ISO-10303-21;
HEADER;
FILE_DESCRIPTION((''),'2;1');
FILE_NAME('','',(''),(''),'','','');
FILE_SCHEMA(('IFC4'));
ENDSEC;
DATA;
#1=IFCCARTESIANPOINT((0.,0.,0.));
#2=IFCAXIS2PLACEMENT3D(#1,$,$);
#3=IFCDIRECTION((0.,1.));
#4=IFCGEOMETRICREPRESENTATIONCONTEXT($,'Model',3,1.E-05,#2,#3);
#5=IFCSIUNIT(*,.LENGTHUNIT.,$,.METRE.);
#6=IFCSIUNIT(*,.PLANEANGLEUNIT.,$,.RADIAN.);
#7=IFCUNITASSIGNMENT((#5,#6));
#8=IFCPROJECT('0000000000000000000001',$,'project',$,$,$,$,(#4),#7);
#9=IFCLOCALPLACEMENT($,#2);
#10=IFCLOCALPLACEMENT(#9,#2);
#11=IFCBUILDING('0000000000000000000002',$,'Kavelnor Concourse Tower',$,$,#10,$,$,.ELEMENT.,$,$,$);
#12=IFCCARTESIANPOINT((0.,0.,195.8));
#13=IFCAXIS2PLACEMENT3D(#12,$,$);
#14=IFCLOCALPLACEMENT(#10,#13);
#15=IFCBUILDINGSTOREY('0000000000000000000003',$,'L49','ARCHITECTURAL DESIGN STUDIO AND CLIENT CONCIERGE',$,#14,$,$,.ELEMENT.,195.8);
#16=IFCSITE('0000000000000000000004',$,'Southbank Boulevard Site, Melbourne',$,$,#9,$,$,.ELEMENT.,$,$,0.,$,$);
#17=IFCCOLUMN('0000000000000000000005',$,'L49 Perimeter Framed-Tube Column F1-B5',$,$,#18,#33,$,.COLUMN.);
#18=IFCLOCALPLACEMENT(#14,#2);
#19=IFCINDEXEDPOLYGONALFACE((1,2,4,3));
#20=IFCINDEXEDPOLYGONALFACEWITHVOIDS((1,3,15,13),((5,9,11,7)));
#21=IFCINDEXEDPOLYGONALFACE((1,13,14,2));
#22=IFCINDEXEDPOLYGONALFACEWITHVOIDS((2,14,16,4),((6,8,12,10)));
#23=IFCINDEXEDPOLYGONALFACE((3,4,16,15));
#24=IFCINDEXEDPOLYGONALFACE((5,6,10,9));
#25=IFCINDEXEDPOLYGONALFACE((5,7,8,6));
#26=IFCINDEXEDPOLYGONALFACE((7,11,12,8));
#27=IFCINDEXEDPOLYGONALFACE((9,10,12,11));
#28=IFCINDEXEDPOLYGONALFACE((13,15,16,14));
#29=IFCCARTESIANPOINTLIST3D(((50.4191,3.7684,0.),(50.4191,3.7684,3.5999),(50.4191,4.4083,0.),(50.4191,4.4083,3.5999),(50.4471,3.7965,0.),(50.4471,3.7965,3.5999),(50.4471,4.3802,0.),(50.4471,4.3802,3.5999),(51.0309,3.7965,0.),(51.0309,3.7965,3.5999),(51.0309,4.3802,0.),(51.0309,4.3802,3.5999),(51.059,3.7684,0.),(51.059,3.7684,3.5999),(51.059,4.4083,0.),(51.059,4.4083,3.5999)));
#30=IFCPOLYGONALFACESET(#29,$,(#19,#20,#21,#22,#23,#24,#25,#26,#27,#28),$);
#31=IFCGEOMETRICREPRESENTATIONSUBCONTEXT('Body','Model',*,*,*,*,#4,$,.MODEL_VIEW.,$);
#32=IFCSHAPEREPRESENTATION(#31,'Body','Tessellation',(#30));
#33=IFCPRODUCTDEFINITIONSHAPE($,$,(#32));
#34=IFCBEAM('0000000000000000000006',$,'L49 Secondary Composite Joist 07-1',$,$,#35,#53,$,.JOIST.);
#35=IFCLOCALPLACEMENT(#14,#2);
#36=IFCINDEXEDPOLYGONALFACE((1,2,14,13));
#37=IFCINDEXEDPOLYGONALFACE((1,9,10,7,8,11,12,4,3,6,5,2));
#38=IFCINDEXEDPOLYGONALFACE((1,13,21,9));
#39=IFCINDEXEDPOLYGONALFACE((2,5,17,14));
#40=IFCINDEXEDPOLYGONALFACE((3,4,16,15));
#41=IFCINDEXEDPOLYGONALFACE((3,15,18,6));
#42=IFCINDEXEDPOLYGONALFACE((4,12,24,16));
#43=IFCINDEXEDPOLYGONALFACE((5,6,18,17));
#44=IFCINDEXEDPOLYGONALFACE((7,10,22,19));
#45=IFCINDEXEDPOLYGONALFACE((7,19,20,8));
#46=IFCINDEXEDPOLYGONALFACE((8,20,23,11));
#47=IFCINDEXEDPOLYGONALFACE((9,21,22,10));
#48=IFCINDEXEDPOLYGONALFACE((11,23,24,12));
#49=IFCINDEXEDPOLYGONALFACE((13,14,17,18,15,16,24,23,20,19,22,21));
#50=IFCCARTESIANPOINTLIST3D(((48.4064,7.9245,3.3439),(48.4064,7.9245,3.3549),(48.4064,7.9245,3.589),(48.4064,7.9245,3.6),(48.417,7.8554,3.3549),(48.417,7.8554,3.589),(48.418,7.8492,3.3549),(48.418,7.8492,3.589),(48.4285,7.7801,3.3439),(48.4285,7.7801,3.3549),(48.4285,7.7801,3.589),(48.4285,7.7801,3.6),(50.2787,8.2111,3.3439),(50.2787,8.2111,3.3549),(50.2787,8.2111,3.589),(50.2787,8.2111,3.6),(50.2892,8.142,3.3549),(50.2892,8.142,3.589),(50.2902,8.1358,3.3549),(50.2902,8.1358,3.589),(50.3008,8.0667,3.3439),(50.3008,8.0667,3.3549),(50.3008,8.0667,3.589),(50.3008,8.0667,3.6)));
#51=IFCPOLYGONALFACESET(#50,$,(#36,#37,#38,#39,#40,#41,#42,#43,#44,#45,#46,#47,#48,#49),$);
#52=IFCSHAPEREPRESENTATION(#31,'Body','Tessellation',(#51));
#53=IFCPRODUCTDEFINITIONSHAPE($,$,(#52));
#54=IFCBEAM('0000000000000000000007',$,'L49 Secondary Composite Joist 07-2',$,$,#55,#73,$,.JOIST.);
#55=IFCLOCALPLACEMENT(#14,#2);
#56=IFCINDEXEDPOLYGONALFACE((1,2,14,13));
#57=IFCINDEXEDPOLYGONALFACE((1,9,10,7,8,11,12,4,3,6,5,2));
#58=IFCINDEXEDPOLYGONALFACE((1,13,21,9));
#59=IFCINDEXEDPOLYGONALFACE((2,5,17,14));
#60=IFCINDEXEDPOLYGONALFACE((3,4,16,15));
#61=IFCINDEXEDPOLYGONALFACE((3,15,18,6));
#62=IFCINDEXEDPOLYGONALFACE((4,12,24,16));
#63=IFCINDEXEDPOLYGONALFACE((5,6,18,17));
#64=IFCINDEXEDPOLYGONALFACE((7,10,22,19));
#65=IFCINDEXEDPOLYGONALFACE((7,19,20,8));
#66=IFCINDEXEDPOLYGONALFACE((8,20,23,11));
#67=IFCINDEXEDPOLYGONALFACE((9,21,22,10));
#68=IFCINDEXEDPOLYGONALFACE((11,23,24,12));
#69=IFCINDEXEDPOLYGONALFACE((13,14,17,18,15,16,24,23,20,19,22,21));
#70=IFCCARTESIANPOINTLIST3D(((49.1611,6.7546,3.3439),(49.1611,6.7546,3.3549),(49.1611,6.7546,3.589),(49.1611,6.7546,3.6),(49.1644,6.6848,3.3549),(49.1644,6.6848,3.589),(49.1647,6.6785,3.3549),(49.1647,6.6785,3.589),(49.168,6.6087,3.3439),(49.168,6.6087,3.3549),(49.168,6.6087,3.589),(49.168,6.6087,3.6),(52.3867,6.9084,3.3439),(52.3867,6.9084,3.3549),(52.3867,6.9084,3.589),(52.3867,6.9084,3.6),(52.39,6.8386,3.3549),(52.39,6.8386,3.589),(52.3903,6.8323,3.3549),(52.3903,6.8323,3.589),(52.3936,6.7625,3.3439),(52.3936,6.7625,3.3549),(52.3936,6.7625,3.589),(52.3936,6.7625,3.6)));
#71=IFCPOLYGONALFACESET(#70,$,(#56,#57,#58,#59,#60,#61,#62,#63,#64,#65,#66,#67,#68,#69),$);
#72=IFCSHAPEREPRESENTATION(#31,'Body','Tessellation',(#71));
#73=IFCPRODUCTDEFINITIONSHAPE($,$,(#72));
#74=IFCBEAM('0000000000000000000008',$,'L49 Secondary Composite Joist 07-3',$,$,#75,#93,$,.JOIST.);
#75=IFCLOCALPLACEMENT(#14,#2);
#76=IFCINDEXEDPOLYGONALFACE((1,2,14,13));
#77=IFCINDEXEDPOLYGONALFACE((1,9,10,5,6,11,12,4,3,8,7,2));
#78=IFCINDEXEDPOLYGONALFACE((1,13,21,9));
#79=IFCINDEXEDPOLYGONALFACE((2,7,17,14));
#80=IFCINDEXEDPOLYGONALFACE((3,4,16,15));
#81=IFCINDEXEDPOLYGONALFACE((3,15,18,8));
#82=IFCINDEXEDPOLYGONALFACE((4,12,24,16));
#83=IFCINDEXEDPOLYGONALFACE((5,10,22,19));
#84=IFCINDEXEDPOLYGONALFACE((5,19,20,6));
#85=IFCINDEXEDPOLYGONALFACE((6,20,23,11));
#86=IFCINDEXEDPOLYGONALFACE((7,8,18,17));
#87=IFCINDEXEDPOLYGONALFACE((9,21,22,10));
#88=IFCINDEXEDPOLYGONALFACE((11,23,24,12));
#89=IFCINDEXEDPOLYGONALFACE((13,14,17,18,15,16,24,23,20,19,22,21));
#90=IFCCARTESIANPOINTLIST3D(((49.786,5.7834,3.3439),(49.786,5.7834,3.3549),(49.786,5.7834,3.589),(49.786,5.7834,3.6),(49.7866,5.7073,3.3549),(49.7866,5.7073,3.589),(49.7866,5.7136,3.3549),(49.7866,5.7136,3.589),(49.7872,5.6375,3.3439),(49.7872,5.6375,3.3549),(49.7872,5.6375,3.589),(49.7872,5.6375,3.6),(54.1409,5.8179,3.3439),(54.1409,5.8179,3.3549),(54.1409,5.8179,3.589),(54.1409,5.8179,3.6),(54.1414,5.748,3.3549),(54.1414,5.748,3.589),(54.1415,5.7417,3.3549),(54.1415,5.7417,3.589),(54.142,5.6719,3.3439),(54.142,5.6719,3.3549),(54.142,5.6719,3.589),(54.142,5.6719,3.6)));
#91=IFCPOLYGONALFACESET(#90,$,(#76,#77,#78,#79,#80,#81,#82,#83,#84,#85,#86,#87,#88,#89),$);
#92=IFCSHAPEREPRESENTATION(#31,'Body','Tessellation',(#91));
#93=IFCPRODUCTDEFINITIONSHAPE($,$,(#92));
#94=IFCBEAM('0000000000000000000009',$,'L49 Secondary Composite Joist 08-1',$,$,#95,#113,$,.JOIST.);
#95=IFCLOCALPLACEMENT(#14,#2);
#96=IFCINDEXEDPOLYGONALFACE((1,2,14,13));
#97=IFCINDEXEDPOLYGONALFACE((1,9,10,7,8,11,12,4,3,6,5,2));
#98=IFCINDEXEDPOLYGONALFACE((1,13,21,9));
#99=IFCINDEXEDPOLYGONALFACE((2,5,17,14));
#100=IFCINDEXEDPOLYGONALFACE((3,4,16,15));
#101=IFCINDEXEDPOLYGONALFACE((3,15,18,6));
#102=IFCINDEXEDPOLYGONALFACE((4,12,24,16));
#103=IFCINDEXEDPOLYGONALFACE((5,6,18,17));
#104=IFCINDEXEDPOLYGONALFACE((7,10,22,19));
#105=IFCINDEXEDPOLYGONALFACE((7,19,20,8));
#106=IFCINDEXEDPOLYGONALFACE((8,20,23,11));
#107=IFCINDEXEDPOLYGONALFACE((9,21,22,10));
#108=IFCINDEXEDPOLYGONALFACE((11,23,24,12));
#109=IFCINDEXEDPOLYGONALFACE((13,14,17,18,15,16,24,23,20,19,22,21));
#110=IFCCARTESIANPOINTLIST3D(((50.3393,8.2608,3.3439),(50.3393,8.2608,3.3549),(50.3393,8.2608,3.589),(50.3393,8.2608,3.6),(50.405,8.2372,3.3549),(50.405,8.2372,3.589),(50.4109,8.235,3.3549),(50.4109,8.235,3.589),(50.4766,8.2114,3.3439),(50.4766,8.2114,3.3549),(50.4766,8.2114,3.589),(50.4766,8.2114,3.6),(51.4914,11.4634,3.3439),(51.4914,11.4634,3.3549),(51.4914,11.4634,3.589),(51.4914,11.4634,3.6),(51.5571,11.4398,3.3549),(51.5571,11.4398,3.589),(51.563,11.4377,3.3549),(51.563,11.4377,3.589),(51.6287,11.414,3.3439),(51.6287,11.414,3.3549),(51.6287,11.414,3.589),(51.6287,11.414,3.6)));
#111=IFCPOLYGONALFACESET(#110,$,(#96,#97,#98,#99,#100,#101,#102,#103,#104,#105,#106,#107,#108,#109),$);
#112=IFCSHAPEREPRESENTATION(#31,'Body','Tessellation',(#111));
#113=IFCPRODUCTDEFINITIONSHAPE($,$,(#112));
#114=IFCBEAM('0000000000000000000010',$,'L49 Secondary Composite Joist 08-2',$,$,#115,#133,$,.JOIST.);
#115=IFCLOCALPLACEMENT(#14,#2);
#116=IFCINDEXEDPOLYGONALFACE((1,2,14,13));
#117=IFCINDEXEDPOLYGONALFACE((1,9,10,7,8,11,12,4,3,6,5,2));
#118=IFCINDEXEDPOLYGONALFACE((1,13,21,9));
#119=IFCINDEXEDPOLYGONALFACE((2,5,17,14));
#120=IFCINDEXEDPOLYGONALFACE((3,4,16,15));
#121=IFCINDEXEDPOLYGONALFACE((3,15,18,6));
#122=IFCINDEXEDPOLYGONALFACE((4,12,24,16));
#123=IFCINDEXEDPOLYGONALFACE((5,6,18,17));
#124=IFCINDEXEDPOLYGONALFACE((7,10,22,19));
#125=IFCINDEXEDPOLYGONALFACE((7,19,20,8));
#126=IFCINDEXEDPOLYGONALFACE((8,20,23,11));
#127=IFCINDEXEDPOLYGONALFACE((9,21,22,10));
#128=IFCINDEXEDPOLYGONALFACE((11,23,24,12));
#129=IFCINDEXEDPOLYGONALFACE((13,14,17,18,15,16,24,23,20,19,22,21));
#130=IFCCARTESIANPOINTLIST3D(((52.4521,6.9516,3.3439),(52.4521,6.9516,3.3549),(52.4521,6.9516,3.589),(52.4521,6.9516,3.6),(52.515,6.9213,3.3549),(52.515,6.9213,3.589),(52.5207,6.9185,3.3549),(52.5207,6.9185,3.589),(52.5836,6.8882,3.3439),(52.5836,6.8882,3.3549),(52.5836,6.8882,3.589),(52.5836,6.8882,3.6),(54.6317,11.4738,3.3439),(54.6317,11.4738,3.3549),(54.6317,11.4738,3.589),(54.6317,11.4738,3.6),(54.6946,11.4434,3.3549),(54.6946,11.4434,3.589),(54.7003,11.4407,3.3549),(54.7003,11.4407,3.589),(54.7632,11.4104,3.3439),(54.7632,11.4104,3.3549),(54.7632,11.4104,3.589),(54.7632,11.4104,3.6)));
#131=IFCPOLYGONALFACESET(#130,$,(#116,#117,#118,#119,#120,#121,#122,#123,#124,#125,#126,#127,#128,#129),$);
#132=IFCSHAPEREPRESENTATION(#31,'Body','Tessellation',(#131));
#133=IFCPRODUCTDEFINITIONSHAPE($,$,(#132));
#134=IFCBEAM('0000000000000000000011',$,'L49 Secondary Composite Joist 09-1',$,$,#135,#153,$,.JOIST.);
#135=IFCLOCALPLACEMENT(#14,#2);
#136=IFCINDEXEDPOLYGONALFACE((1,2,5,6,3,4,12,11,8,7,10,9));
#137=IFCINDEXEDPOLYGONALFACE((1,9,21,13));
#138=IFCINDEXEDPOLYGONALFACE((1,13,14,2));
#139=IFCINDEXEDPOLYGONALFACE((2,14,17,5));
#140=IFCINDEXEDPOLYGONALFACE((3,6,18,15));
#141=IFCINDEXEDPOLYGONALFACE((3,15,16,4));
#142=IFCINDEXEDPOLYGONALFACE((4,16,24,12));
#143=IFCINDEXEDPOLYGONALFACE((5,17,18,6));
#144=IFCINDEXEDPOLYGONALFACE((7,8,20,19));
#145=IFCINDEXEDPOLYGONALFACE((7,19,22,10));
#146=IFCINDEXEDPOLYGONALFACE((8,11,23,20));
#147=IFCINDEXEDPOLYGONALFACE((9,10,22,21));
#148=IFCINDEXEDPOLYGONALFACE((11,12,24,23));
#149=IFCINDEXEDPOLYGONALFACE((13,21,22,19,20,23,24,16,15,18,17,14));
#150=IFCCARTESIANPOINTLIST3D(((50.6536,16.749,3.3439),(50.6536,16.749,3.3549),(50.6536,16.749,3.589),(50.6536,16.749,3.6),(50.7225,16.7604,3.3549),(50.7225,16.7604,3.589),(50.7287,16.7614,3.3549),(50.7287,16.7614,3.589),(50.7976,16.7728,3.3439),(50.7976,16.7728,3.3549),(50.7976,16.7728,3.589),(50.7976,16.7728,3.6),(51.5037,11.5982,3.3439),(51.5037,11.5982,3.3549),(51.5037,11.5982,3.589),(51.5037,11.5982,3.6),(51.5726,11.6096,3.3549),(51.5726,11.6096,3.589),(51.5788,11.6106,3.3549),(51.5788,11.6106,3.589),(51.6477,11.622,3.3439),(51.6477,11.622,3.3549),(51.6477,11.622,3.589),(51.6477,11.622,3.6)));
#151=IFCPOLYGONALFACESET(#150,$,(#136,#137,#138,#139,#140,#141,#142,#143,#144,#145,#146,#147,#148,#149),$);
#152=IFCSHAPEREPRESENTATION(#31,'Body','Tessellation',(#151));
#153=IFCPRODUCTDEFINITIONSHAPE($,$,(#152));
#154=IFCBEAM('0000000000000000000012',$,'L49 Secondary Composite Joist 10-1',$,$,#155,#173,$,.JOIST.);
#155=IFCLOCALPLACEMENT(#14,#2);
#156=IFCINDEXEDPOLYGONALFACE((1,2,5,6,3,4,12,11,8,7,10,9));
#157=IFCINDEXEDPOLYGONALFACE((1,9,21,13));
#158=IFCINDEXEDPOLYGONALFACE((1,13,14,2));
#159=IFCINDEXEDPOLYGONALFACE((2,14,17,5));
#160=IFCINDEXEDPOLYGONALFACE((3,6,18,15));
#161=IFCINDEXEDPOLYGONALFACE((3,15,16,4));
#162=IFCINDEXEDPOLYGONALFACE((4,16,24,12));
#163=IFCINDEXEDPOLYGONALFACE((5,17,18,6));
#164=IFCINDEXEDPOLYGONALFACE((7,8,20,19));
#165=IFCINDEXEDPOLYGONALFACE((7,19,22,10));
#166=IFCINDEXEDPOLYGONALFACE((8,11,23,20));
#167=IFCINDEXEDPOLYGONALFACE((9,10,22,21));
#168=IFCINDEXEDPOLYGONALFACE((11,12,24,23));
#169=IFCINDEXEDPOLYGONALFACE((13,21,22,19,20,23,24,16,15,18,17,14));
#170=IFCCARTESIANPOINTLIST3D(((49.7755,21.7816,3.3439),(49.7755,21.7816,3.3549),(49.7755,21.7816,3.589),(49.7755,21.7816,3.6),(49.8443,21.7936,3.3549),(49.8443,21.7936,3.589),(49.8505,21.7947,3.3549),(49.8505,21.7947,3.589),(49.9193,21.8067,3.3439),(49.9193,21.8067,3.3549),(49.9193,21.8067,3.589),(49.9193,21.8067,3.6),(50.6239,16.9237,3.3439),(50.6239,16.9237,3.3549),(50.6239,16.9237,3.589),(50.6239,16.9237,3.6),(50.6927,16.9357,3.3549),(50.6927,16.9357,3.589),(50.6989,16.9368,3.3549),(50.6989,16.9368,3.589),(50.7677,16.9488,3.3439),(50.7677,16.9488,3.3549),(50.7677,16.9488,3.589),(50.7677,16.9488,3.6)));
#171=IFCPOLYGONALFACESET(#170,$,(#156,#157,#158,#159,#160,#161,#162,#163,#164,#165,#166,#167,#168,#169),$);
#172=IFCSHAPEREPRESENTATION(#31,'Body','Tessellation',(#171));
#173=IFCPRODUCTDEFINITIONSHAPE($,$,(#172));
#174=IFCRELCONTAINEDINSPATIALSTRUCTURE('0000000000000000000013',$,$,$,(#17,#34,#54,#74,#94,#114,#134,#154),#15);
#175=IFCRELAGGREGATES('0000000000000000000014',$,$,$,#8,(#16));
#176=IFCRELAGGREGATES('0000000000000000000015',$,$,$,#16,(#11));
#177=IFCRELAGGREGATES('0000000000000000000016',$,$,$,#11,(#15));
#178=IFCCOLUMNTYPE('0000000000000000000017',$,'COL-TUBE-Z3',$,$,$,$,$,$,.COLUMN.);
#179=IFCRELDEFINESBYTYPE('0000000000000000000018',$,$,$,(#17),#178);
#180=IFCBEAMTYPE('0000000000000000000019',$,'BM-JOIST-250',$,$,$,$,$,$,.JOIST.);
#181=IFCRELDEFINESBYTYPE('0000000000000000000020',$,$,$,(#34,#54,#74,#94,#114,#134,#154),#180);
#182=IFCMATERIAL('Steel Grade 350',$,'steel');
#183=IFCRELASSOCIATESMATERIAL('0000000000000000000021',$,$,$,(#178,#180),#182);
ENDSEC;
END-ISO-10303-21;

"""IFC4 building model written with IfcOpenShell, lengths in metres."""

from ifc_helpers import new_model, si_unit, direction, frame, origin, origin_2d, place, context, subcontext, project, spatial, hollow_rectangle, i_section, extrude, material, material_profile, profile_set, type_object, element, save


model = new_model("IFC4")

# Units and contexts
model_context = context("Model", 3, precision=1e-05, world=origin(), true_north=direction((0.0, 1.0)))
body_context = subcontext(model_context, "Body", "Model", "MODEL_VIEW")
ifc_project = project(units=[si_unit("LENGTHUNIT", "METRE"), si_unit("PLANEANGLEUNIT", "RADIAN")], contexts=[model_context])

# Site, building, storey
site_placement = place(None, origin())
site = spatial("IfcSite", under=ifc_project, at=site_placement, Name="Southbank Boulevard Site, Melbourne", CompositionType="ELEMENT", RefElevation=0.0)
building_placement = place(site_placement, origin())
building = spatial("IfcBuilding", under=site, at=building_placement, Name="Kavelnor Concourse Tower", CompositionType="ELEMENT")
storey_placement = place(building_placement, frame((0.0, 0.0, 195.8)))
storey = spatial("IfcBuildingStorey", under=building, at=storey_placement, Name="L49", Description="ARCHITECTURAL DESIGN STUDIO AND CLIENT CONCIERGE", CompositionType="ELEMENT", Elevation=195.8)

# Column
ifc_material_1 = material(Name="Steel Grade 350", Category="steel")
ifc_material_profile_1 = material_profile(ifc_material_1, hollow_rectangle(XDim=0.6399, YDim=0.6399, WallThickness=0.0281, at=origin_2d()), Name="SHS 640x640x28")
ifc_profile_set_1 = profile_set([ifc_material_profile_1], Name="Steel Grade 350")
column_type = type_object("IfcColumnType", Name="COL-TUBE-Z3", PredefinedType="COLUMN", material=ifc_profile_set_1)
column_placement = place(storey_placement, frame((50.739, 4.0884, 0.0), z_axis=(0.0, 0.0, 1.0), x_axis=(1.0, 0.0, 0.0)))
element("IfcColumn", 1, at=column_placement, inside=storey, type_object=column_type, Name="L49 Perimeter Framed-Tube Column F1-B5", PredefinedType="COLUMN", context=body_context, shape_type="SweptSolid", body=[
    extrude(hollow_rectangle(XDim=0.6399, YDim=0.6399, WallThickness=0.0281, at=origin_2d()), origin(), (0.0, 0.0, 1.0), 3.5999),
])

# Beams
ifc_material_profile_2 = material_profile(ifc_material_1, i_section(OverallWidth=0.146, OverallDepth=0.2561, WebThickness=0.0063, FlangeThickness=0.011, at=origin_2d()), Name="250UB37")
ifc_profile_set_2 = profile_set([ifc_material_profile_2], Name="Steel Grade 350")
beam_type_1 = type_object("IfcBeamType", Name="BM-JOIST-250", PredefinedType="JOIST", material=ifc_profile_set_2)
beam_1_placement = place(storey_placement, frame((48.4175, 7.8523, 3.4719), z_axis=(0.988485, 0.151321, 0.0), x_axis=(-0.151321, 0.988485, 0.0)))
element("IfcBeam", 2, at=beam_1_placement, inside=storey, type_object=beam_type_1, Name="L49 Secondary Composite Joist 07-1", PredefinedType="JOIST", context=body_context, shape_type="SweptSolid", body=[
    extrude(i_section(OverallWidth=0.146, OverallDepth=0.2561, WebThickness=0.0063, FlangeThickness=0.011, at=origin_2d()), origin(), (0.0, 0.0, 1.0), 1.894),
])
beam_2_placement = place(storey_placement, frame((49.1646, 6.6816, 3.4719), z_axis=(0.998865, 0.04763, 0.0), x_axis=(-0.04763, 0.998865, 0.0)))
element("IfcBeam", 3, at=beam_2_placement, inside=storey, type_object=beam_type_1, Name="L49 Secondary Composite Joist 07-2", PredefinedType="JOIST", context=body_context, shape_type="SweptSolid", body=[
    extrude(i_section(OverallWidth=0.146, OverallDepth=0.2561, WebThickness=0.0063, FlangeThickness=0.011, at=origin_2d()), origin(), (0.0, 0.0, 1.0), 3.2292),
])
beam_3_placement = place(storey_placement, frame((49.7866, 5.7104, 3.4719), z_axis=(0.999969, 0.007905, 0.0), x_axis=(-0.007905, 0.999969, 0.0)))
element("IfcBeam", 4, at=beam_3_placement, inside=storey, type_object=beam_type_1, Name="L49 Secondary Composite Joist 07-3", PredefinedType="JOIST", context=body_context, shape_type="SweptSolid", body=[
    extrude(i_section(OverallWidth=0.146, OverallDepth=0.2561, WebThickness=0.0063, FlangeThickness=0.011, at=origin_2d()), origin(), (0.0, 0.0, 1.0), 4.355),
])
beam_4_placement = place(storey_placement, frame((50.408, 8.2361, 3.4719), z_axis=(0.338498, 0.940967, 0.0), x_axis=(-0.940967, 0.338498, 0.0)))
element("IfcBeam", 5, at=beam_4_placement, inside=storey, type_object=beam_type_1, Name="L49 Secondary Composite Joist 08-1", PredefinedType="JOIST", context=body_context, shape_type="SweptSolid", body=[
    extrude(i_section(OverallWidth=0.146, OverallDepth=0.2561, WebThickness=0.0063, FlangeThickness=0.011, at=origin_2d()), origin(), (0.0, 0.0, 1.0), 3.4036),
])
beam_5_placement = place(storey_placement, frame((52.5178, 6.9199, 3.4719), z_axis=(0.434191, 0.900821, 0.0), x_axis=(-0.900821, 0.434191, 0.0)))
element("IfcBeam", 6, at=beam_5_placement, inside=storey, type_object=beam_type_1, Name="L49 Secondary Composite Joist 08-2", PredefinedType="JOIST", context=body_context, shape_type="SweptSolid", body=[
    extrude(i_section(OverallWidth=0.146, OverallDepth=0.2561, WebThickness=0.0063, FlangeThickness=0.011, at=origin_2d()), origin(), (0.0, 0.0, 1.0), 5.02),
])
beam_6_placement = place(storey_placement, frame((51.5757, 11.6101, 3.4719), z_axis=(-0.162837, 0.986653, 0.0), x_axis=(-0.986653, -0.162837, 0.0)))
element("IfcBeam", 7, at=beam_6_placement, inside=storey, type_object=beam_type_1, Name="L49 Secondary Composite Joist 09-1", PredefinedType="JOIST", context=body_context, shape_type="SweptSolid", body=[
    extrude(i_section(OverallWidth=0.146, OverallDepth=0.2561, WebThickness=0.0063, FlangeThickness=0.011, at=origin_2d()), origin(), (0.0, 0.0, 1.0), 5.2205),
])
beam_7_placement = place(storey_placement, frame((50.6958, 16.9363, 3.4719), z_axis=(-0.172037, 0.985091, 0.0), x_axis=(-0.985091, -0.172037, 0.0)))
element("IfcBeam", 8, at=beam_7_placement, inside=storey, type_object=beam_type_1, Name="L49 Secondary Composite Joist 10-1", PredefinedType="JOIST", context=body_context, shape_type="SweptSolid", body=[
    extrude(i_section(OverallWidth=0.146, OverallDepth=0.2561, WebThickness=0.0063, FlangeThickness=0.011, at=origin_2d()), origin(), (0.0, 0.0, 1.0), 4.9314),
])

save(model, "model.ifc")
